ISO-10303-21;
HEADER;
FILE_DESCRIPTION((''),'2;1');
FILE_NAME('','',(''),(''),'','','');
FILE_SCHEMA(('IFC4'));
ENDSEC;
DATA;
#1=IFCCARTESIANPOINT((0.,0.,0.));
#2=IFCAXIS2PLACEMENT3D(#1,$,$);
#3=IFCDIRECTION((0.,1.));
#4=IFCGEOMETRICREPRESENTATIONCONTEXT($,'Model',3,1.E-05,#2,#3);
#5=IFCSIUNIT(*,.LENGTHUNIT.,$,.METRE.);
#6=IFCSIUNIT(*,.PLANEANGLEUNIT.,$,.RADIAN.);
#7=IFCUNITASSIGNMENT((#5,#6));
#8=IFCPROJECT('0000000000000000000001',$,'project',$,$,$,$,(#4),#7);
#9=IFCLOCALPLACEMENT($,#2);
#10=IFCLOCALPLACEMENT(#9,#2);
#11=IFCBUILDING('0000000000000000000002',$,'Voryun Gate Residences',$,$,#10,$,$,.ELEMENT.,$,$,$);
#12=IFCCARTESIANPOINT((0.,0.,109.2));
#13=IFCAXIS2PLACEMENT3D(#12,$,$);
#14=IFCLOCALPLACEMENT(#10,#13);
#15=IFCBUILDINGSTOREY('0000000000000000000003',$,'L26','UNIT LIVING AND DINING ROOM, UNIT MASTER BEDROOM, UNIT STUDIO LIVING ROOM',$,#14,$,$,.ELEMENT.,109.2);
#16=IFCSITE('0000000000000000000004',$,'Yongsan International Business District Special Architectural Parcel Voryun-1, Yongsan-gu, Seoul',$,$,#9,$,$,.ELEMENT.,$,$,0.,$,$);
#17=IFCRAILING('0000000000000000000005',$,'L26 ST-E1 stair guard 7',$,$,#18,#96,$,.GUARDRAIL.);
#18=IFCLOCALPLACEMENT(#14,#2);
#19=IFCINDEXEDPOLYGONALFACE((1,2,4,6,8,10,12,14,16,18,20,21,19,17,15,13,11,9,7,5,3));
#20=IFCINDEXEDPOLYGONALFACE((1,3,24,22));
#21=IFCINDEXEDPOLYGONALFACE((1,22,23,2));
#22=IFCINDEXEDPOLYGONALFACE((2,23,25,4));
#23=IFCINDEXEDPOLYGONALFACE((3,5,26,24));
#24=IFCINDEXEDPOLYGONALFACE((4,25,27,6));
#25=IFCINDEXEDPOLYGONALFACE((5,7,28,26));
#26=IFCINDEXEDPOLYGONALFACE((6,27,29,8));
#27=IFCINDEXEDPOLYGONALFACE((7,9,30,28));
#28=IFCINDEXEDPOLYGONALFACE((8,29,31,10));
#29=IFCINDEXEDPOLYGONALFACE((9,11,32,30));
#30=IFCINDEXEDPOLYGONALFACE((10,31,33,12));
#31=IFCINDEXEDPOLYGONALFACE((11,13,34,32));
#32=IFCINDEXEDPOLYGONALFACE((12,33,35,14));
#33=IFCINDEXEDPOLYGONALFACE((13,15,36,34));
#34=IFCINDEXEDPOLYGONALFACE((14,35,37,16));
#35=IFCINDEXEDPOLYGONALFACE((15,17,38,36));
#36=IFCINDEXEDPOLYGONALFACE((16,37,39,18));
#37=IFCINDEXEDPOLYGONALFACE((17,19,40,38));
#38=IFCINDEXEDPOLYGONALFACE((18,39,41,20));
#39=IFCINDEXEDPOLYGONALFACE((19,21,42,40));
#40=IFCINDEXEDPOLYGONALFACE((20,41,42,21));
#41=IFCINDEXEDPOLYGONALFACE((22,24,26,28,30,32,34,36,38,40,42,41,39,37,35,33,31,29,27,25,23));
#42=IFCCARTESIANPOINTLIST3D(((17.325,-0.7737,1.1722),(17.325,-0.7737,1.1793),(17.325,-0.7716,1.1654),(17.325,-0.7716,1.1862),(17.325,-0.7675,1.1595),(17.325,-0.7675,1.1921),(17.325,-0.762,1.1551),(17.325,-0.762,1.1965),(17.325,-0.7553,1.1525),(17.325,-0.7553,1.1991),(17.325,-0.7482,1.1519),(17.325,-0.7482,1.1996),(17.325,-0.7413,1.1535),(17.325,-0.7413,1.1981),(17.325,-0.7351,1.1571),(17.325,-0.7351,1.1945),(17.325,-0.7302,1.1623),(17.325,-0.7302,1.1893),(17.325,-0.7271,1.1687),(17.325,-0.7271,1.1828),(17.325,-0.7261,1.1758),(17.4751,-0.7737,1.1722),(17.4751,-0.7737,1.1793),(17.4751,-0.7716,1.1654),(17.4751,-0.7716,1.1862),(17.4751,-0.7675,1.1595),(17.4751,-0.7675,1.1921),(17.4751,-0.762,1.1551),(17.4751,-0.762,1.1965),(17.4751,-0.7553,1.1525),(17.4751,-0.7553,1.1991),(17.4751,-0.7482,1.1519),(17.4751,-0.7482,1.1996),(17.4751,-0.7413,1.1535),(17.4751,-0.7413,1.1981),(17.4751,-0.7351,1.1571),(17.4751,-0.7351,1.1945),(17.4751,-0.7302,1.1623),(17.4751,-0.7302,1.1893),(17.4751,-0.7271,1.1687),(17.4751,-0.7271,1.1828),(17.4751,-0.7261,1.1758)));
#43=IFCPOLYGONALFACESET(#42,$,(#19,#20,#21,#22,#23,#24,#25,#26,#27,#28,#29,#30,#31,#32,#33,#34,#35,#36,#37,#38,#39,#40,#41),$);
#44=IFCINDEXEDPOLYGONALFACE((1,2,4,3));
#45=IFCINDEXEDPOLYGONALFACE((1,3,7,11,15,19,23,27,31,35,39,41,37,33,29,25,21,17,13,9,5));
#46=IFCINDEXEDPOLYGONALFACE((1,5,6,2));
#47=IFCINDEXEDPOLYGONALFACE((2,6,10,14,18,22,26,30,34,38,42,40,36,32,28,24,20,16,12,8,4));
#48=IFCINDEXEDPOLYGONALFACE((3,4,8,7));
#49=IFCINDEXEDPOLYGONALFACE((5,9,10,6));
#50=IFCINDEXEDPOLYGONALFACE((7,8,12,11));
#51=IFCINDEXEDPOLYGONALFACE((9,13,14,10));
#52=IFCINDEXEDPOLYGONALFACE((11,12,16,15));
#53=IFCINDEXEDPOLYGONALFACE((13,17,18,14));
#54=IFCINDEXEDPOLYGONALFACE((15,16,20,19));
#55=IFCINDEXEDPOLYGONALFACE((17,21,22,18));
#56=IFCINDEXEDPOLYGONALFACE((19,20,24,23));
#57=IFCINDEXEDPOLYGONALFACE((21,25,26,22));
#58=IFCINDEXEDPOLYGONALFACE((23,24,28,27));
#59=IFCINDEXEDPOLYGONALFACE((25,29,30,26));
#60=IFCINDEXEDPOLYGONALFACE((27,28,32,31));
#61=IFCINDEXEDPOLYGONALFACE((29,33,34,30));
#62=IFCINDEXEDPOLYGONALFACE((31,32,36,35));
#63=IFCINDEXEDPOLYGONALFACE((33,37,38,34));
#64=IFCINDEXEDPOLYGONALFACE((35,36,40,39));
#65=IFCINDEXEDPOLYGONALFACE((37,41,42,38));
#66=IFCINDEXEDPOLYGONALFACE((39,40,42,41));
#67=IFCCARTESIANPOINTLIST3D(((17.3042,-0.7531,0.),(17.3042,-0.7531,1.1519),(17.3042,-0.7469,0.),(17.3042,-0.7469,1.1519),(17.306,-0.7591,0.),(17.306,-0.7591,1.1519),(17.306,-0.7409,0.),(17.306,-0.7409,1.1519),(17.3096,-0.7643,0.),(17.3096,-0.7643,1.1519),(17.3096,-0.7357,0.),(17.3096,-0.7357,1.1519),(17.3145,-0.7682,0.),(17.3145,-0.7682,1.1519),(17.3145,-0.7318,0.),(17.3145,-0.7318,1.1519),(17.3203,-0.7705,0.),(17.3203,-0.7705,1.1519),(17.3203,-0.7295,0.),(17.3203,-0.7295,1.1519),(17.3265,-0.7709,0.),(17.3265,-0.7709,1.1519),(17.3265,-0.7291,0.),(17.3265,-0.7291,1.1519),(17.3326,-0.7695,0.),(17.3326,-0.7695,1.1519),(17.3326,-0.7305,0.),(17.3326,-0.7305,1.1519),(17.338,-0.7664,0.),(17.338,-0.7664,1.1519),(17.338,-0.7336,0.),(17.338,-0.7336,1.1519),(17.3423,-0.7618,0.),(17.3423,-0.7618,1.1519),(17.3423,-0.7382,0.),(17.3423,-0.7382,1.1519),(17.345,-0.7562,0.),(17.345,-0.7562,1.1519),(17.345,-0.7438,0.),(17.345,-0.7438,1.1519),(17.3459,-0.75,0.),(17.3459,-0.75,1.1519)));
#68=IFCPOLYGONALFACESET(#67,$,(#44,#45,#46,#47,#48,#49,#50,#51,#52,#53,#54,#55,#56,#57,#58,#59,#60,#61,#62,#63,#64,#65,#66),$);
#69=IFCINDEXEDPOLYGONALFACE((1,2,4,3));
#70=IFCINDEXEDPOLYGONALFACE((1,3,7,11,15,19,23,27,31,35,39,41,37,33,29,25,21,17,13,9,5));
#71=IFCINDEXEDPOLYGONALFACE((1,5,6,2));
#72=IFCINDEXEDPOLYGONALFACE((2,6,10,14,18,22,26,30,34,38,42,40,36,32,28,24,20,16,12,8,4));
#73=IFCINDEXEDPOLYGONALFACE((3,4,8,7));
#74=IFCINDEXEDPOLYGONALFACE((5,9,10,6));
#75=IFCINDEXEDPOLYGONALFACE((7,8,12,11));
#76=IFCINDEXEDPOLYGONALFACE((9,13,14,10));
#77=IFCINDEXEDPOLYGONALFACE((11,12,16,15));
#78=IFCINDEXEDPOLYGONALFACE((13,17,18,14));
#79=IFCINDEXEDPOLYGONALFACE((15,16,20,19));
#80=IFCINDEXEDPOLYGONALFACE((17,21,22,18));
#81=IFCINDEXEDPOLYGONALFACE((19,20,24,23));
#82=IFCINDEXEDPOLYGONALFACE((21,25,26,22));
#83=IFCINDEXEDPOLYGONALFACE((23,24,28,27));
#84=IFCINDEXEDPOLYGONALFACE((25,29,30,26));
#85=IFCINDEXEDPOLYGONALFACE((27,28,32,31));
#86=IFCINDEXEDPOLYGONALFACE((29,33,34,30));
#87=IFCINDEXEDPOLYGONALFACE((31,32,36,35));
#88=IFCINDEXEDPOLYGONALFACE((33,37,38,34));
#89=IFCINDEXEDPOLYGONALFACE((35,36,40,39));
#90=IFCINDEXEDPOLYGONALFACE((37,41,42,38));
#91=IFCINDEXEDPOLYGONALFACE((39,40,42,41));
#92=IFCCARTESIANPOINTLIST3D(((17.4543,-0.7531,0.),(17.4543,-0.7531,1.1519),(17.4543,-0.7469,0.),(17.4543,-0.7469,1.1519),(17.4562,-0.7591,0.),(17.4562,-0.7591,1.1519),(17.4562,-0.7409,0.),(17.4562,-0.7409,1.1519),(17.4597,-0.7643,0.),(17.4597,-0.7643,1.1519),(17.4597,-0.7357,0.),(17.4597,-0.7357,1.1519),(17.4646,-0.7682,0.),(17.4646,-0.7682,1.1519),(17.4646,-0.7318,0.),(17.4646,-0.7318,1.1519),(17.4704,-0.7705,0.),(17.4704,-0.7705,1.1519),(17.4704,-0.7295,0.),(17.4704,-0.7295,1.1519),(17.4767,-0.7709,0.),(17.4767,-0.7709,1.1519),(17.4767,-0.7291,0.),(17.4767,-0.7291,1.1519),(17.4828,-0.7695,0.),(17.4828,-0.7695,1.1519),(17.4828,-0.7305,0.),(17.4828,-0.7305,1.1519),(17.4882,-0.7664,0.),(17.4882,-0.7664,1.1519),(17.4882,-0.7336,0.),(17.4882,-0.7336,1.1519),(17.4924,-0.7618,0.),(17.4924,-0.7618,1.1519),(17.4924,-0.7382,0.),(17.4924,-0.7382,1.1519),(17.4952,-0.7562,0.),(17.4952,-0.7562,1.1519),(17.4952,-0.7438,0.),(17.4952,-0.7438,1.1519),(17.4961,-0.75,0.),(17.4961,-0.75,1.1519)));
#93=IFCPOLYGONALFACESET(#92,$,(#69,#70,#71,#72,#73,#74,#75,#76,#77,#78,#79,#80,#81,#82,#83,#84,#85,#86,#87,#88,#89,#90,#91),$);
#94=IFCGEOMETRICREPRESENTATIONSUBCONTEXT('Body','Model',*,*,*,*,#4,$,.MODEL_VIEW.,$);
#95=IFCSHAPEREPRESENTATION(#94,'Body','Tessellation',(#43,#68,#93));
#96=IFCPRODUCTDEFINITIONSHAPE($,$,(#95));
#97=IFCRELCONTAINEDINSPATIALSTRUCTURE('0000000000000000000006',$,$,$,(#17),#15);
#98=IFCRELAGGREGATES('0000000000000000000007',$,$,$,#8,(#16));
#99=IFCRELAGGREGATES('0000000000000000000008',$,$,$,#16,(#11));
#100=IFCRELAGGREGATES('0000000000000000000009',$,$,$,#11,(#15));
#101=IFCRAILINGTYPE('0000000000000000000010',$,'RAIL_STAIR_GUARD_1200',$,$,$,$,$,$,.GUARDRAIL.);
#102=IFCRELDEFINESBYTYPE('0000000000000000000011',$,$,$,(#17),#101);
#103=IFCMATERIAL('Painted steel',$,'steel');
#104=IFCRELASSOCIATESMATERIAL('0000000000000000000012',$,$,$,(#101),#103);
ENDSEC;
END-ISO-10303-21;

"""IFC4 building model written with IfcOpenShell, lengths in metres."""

from ifc_helpers import new_model, si_unit, direction, frame, origin, origin_2d, place, context, subcontext, project, spatial, circle, extrude, material, type_object, element, save


model = new_model("IFC4")

# Units and contexts
model_context = context("Model", 3, precision=1e-05, world=origin(), true_north=direction((0.0, 1.0)))
body_context = subcontext(model_context, "Body", "Model", "MODEL_VIEW")
ifc_project = project(units=[si_unit("LENGTHUNIT", "METRE"), si_unit("PLANEANGLEUNIT", "RADIAN")], contexts=[model_context])

# Site, building, storey
site_placement = place(None, origin())
site = spatial("IfcSite", under=ifc_project, at=site_placement, Name="Yongsan International Business District Special Architectural Parcel Voryun-1, Yongsan-gu, Seoul", CompositionType="ELEMENT", RefElevation=0.0)
building_placement = place(site_placement, origin())
building = spatial("IfcBuilding", under=site, at=building_placement, Name="Voryun Gate Residences", CompositionType="ELEMENT")
storey_placement = place(building_placement, frame((0.0, 0.0, 109.2)))
storey = spatial("IfcBuildingStorey", under=building, at=storey_placement, Name="L26", Description="UNIT LIVING AND DINING ROOM, UNIT MASTER BEDROOM, UNIT STUDIO LIVING ROOM", CompositionType="ELEMENT", Elevation=109.2)

# Railing
ifc_material_1 = material(Name="Painted steel", Category="steel")
railing_type_1 = type_object("IfcRailingType", Name="RAIL_STAIR_GUARD_1200", PredefinedType="GUARDRAIL", material=ifc_material_1)
railing_1_placement = place(storey_placement, frame((17.325, -0.75, 0.0)))
element("IfcRailing", 1, at=railing_1_placement, inside=storey, type_object=railing_type_1, Name="L26 ST-E1 stair guard 7", PredefinedType="GUARDRAIL", context=body_context, shape_type="SweptSolid", body=[
    extrude(circle(Radius=0.0239, at=origin_2d()), frame((0.0, 0.0, 1.1758), z_axis=(1.0, 0.0, 0.0), x_axis=(0.0, 1.0, 0.0)), (0.0, 0.0, 1.0), 0.1501),
    extrude(circle(Radius=0.021, at=origin_2d()), origin(), (0.0, 0.0, 1.0), 1.1519),
    extrude(circle(Radius=0.021, at=origin_2d()), frame((0.1501, 0.0, 0.0)), (0.0, 0.0, 1.0), 1.1519),
])

save(model, "model.ifc")
